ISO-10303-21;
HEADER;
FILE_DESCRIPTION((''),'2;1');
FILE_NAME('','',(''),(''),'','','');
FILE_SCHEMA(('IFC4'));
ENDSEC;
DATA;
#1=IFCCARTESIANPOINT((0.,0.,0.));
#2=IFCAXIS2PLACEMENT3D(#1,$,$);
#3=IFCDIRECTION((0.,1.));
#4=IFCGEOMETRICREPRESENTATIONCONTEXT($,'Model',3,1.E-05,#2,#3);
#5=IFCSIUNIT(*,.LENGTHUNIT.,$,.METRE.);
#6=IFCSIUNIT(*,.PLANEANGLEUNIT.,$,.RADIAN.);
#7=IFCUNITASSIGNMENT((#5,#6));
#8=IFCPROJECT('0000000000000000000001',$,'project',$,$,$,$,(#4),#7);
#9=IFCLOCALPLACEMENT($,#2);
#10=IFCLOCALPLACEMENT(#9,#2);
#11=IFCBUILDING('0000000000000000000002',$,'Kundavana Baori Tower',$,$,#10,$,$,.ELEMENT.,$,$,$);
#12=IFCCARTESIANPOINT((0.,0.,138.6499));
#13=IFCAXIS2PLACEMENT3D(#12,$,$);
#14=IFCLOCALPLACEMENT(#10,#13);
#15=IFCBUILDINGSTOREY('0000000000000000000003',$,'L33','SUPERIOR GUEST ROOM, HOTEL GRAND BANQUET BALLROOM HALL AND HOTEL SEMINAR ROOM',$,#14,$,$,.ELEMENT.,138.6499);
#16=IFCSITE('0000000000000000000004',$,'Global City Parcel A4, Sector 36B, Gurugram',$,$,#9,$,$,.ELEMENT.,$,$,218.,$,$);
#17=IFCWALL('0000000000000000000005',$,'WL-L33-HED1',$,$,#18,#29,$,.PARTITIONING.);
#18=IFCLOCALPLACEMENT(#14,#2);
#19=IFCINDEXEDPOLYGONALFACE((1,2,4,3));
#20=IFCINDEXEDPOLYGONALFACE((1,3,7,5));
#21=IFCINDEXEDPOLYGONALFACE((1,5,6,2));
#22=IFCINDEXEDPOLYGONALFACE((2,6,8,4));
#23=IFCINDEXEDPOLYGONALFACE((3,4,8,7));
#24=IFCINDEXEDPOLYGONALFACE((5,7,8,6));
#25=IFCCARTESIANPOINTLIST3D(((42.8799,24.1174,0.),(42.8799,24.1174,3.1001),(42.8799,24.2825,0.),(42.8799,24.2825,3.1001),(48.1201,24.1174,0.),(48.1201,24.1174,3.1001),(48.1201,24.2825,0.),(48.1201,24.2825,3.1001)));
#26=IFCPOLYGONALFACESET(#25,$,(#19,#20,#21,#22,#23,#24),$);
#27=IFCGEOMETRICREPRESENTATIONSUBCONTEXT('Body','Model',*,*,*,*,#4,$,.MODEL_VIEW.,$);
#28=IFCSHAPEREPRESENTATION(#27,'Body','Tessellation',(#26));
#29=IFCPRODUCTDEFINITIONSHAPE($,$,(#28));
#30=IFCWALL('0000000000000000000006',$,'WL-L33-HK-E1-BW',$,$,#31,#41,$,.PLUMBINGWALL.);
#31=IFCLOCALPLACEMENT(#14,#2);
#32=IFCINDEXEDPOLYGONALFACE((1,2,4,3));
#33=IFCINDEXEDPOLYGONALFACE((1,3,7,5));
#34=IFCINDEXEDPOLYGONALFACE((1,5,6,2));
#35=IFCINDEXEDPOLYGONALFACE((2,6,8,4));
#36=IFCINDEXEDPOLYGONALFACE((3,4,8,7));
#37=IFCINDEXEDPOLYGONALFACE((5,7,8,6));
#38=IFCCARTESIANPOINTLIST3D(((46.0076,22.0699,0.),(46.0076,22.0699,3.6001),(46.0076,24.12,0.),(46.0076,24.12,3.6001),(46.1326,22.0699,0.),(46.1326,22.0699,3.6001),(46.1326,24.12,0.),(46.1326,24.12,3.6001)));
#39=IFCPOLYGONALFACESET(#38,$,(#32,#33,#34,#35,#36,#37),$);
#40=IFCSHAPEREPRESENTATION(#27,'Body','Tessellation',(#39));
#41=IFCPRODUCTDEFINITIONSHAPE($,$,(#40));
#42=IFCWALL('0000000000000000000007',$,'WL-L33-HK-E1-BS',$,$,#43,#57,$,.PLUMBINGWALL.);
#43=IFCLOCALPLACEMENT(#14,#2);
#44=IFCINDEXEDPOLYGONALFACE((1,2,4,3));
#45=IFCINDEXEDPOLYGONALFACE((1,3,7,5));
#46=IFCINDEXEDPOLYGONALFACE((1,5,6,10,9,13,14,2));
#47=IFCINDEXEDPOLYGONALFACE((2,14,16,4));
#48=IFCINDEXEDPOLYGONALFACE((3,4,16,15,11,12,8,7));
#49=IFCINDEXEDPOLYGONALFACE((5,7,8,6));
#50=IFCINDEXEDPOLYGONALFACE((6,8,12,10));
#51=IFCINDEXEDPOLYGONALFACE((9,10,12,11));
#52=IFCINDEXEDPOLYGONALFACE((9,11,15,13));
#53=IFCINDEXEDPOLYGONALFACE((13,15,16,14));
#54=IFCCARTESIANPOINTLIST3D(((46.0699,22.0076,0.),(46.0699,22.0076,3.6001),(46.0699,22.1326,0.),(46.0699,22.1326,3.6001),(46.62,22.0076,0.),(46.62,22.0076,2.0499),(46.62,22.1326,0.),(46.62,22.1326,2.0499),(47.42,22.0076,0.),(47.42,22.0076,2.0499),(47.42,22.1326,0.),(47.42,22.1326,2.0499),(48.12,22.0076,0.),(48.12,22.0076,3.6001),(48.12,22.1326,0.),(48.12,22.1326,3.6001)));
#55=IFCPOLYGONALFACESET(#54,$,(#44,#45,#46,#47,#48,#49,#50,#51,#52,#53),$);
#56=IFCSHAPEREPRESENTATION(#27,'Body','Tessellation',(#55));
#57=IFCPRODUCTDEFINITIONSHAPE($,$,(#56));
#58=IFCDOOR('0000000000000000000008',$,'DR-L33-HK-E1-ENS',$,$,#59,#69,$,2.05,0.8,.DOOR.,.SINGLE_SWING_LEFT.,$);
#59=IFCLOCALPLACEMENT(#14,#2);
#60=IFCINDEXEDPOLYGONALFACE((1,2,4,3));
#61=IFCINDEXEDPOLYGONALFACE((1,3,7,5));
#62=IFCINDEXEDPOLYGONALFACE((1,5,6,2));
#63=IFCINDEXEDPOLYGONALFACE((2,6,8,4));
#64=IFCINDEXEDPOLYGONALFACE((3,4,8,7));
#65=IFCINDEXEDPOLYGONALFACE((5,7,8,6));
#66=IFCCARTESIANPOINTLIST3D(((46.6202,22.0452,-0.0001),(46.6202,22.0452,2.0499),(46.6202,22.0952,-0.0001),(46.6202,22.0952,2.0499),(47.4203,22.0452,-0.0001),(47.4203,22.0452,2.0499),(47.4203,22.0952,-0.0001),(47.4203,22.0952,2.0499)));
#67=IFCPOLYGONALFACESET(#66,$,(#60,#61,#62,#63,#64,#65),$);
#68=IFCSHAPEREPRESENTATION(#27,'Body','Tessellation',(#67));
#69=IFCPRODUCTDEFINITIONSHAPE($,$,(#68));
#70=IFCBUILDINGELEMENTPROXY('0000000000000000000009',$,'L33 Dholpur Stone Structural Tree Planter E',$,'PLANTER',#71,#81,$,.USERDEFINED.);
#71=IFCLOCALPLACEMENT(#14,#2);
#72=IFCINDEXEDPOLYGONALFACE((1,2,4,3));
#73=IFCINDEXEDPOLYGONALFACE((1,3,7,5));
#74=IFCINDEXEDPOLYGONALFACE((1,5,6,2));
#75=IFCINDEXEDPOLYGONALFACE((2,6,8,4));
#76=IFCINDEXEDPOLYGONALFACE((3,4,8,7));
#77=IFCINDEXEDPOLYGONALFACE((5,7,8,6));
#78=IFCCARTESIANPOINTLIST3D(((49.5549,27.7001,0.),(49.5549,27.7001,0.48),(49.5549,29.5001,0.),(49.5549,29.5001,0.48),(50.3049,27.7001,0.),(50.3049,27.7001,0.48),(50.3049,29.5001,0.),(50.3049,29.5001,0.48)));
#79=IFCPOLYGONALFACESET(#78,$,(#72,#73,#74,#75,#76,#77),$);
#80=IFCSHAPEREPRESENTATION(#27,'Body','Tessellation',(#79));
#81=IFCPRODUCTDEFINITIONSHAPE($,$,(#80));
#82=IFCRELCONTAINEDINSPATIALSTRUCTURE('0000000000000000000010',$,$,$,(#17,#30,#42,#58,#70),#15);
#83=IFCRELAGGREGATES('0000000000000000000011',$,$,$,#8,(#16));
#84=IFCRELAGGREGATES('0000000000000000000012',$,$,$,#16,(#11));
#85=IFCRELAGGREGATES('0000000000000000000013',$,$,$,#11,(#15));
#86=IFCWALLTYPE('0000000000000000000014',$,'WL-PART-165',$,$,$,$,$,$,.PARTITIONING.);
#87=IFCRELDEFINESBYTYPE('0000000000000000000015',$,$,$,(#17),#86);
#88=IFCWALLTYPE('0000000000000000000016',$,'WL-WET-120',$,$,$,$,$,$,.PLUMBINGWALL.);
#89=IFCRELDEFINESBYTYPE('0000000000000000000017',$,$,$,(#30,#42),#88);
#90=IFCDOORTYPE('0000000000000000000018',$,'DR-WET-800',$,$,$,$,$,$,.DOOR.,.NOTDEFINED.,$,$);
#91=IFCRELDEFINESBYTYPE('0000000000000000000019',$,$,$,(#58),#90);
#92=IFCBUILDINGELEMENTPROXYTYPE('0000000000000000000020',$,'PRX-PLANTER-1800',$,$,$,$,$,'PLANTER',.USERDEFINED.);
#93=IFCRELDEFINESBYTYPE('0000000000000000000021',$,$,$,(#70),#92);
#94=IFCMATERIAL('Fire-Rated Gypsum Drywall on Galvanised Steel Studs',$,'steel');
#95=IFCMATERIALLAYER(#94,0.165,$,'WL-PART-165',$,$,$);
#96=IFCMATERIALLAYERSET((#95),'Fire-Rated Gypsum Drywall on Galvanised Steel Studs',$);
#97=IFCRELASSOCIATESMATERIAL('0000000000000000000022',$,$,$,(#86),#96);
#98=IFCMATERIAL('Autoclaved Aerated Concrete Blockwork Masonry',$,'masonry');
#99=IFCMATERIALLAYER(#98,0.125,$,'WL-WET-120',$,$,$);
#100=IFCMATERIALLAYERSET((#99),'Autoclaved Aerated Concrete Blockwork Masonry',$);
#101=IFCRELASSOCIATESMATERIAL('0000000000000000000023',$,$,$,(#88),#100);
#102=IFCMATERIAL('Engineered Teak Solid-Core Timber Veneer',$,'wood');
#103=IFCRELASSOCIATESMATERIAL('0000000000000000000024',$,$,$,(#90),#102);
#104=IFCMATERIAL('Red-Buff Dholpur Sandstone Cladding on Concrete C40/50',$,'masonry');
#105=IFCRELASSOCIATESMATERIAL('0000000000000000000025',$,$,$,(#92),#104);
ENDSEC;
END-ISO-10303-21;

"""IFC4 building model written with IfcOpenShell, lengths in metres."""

from ifc_helpers import new_model, si_unit, direction, frame, frame_2d, origin, origin_2d, place, context, subcontext, project, spatial, rectangle, extrude, material, layer, layer_set, type_object, element, fill, save


model = new_model("IFC4")

# Units and contexts
model_context = context("Model", 3, precision=1e-05, world=origin(), true_north=direction((0.0, 1.0)))
body_context = subcontext(model_context, "Body", "Model", "MODEL_VIEW")
ifc_project = project(units=[si_unit("LENGTHUNIT", "METRE"), si_unit("PLANEANGLEUNIT", "RADIAN")], contexts=[model_context])

# Site, building, storey
site_placement = place(None, origin())
site = spatial("IfcSite", under=ifc_project, at=site_placement, Name="Global City Parcel A4, Sector 36B, Gurugram", CompositionType="ELEMENT", RefElevation=218.0)
building_placement = place(site_placement, origin())
building = spatial("IfcBuilding", under=site, at=building_placement, Name="Kundavana Baori Tower", CompositionType="ELEMENT")
storey_placement = place(building_placement, frame((0.0, 0.0, 138.6499)))
storey = spatial("IfcBuildingStorey", under=building, at=storey_placement, Name="L33", Description="SUPERIOR GUEST ROOM, HOTEL GRAND BANQUET BALLROOM HALL AND HOTEL SEMINAR ROOM", CompositionType="ELEMENT", Elevation=138.6499)

# Shared definitions
ifc_material_1 = material(Name="Fire-Rated Gypsum Drywall on Galvanised Steel Studs", Category="steel")
ifc_layer_1 = layer(ifc_material_1, 0.165, Name="WL-PART-165")
ifc_layer_set_1 = layer_set([ifc_layer_1], Name="Fire-Rated Gypsum Drywall on Galvanised Steel Studs")
wall_type_1 = type_object("IfcWallType", Name="WL-PART-165", PredefinedType="PARTITIONING", material=ifc_layer_set_1)

# Walls
wall_1_placement = place(storey_placement, frame((42.8799, 24.2, 0.0), z_axis=(0.0, 0.0, 1.0), x_axis=(1.0, 0.0, 0.0)))
element("IfcWall", 1, at=wall_1_placement, inside=storey, type_object=wall_type_1, Name="WL-L33-HED1", PredefinedType="PARTITIONING", context=body_context, shape_type="SweptSolid", body=[
    extrude(rectangle(XDim=5.2402, YDim=0.165, at=frame_2d((2.6201, 0.0))), origin(), (0.0, 0.0, 1.0), 3.1001),
])
ifc_material_2 = material(Name="Autoclaved Aerated Concrete Blockwork Masonry", Category="masonry")
ifc_layer_2 = layer(ifc_material_2, 0.125, Name="WL-WET-120")
ifc_layer_set_2 = layer_set([ifc_layer_2], Name="Autoclaved Aerated Concrete Blockwork Masonry")
wall_type_2 = type_object("IfcWallType", Name="WL-WET-120", PredefinedType="PLUMBINGWALL", material=ifc_layer_set_2)
wall_2_placement = place(storey_placement, frame((46.0701, 22.0701, 0.0), z_axis=(0.0, 0.0, 1.0), x_axis=(0.0, 1.0, 0.0)))
element("IfcWall", 2, at=wall_2_placement, inside=storey, type_object=wall_type_2, Name="WL-L33-HK-E1-BW", PredefinedType="PLUMBINGWALL", context=body_context, shape_type="SweptSolid", body=[
    extrude(rectangle(XDim=2.05, YDim=0.125, at=frame_2d((1.0249, 0.0))), origin(), (0.0, 0.0, 1.0), 3.6001),
])

# Wall, opening, door
wall_3_placement = place(storey_placement, frame((46.0701, 22.0701, 0.0), z_axis=(0.0, 0.0, 1.0), x_axis=(1.0, 0.0, 0.0)))
wall_3 = element("IfcWall", 3, at=wall_3_placement, inside=storey, type_object=wall_type_2, Name="WL-L33-HK-E1-BS", PredefinedType="PLUMBINGWALL", context=body_context, shape_type="SweptSolid", body=[
    extrude(rectangle(XDim=2.05, YDim=0.125, at=frame_2d((1.0249, 0.0))), origin(), (0.0, 0.0, 1.0), 3.6001),
])
opening_1_placement = place(wall_3_placement, frame((0.55, 0.0, 0.0)))
opening_1 = element("IfcOpeningElement", 4, at=opening_1_placement, cuts=wall_3, PredefinedType="OPENING", context=body_context, shape_type="SweptSolid", body=[
    extrude(rectangle(XDim=0.8, YDim=2.05, at=frame_2d((0.3999, 1.0249))), frame((0.0, 0.0725, 0.0), z_axis=(0.0, -1.0, 0.0), x_axis=(1.0, 0.0, 0.0)), (0.0, 0.0, 1.0), 0.145),
])
ifc_material_3 = material(Name="Engineered Teak Solid-Core Timber Veneer", Category="wood")
door_type_1 = type_object("IfcDoorType", Name="DR-WET-800", OperationType="NOTDEFINED", PredefinedType="DOOR", material=ifc_material_3)
door_1_placement = place(opening_1_placement, frame((0.8, 0.0, 0.0), z_axis=(0.0, 0.0, 1.0), x_axis=(-1.0, 0.0, 0.0)))
door_1 = element("IfcDoor", 5, at=door_1_placement, inside=storey, type_object=door_type_1, Name="DR-L33-HK-E1-ENS", OperationType="SINGLE_SWING_LEFT", OverallHeight=2.05, OverallWidth=0.8, PredefinedType="DOOR", context=body_context, shape_type="SweptSolid", body=[
    extrude(rectangle(XDim=0.8, YDim=2.05, at=frame_2d((0.3999, 1.0249))), frame((0.0, 0.0249, 0.0), z_axis=(0.0, -1.0, 0.0), x_axis=(1.0, 0.0, 0.0)), (0.0, 0.0, 1.0), 0.05),
])
fill(opening_1, door_1)

# Building element proxy
ifc_material_4 = material(Name="Red-Buff Dholpur Sandstone Cladding on Concrete C40/50", Category="masonry")
building_element_proxy_type = type_object("IfcBuildingElementProxyType", Name="PRX-PLANTER-1800", ElementType="PLANTER", PredefinedType="USERDEFINED", material=ifc_material_4)
proxy_placement = place(storey_placement, frame((49.9299, 28.6001, 0.0), z_axis=(0.0, 0.0, 1.0), x_axis=(0.0, 1.0, 0.0)))
element("IfcBuildingElementProxy", 6, at=proxy_placement, inside=storey, type_object=building_element_proxy_type, Name="L33 Dholpur Stone Structural Tree Planter E", ObjectType="PLANTER", PredefinedType="USERDEFINED", context=body_context, shape_type="SweptSolid", body=[
    extrude(rectangle(XDim=1.8, YDim=0.75, at=origin_2d()), origin(), (0.0, 0.0, 1.0), 0.48),
])

save(model, "model.ifc")
